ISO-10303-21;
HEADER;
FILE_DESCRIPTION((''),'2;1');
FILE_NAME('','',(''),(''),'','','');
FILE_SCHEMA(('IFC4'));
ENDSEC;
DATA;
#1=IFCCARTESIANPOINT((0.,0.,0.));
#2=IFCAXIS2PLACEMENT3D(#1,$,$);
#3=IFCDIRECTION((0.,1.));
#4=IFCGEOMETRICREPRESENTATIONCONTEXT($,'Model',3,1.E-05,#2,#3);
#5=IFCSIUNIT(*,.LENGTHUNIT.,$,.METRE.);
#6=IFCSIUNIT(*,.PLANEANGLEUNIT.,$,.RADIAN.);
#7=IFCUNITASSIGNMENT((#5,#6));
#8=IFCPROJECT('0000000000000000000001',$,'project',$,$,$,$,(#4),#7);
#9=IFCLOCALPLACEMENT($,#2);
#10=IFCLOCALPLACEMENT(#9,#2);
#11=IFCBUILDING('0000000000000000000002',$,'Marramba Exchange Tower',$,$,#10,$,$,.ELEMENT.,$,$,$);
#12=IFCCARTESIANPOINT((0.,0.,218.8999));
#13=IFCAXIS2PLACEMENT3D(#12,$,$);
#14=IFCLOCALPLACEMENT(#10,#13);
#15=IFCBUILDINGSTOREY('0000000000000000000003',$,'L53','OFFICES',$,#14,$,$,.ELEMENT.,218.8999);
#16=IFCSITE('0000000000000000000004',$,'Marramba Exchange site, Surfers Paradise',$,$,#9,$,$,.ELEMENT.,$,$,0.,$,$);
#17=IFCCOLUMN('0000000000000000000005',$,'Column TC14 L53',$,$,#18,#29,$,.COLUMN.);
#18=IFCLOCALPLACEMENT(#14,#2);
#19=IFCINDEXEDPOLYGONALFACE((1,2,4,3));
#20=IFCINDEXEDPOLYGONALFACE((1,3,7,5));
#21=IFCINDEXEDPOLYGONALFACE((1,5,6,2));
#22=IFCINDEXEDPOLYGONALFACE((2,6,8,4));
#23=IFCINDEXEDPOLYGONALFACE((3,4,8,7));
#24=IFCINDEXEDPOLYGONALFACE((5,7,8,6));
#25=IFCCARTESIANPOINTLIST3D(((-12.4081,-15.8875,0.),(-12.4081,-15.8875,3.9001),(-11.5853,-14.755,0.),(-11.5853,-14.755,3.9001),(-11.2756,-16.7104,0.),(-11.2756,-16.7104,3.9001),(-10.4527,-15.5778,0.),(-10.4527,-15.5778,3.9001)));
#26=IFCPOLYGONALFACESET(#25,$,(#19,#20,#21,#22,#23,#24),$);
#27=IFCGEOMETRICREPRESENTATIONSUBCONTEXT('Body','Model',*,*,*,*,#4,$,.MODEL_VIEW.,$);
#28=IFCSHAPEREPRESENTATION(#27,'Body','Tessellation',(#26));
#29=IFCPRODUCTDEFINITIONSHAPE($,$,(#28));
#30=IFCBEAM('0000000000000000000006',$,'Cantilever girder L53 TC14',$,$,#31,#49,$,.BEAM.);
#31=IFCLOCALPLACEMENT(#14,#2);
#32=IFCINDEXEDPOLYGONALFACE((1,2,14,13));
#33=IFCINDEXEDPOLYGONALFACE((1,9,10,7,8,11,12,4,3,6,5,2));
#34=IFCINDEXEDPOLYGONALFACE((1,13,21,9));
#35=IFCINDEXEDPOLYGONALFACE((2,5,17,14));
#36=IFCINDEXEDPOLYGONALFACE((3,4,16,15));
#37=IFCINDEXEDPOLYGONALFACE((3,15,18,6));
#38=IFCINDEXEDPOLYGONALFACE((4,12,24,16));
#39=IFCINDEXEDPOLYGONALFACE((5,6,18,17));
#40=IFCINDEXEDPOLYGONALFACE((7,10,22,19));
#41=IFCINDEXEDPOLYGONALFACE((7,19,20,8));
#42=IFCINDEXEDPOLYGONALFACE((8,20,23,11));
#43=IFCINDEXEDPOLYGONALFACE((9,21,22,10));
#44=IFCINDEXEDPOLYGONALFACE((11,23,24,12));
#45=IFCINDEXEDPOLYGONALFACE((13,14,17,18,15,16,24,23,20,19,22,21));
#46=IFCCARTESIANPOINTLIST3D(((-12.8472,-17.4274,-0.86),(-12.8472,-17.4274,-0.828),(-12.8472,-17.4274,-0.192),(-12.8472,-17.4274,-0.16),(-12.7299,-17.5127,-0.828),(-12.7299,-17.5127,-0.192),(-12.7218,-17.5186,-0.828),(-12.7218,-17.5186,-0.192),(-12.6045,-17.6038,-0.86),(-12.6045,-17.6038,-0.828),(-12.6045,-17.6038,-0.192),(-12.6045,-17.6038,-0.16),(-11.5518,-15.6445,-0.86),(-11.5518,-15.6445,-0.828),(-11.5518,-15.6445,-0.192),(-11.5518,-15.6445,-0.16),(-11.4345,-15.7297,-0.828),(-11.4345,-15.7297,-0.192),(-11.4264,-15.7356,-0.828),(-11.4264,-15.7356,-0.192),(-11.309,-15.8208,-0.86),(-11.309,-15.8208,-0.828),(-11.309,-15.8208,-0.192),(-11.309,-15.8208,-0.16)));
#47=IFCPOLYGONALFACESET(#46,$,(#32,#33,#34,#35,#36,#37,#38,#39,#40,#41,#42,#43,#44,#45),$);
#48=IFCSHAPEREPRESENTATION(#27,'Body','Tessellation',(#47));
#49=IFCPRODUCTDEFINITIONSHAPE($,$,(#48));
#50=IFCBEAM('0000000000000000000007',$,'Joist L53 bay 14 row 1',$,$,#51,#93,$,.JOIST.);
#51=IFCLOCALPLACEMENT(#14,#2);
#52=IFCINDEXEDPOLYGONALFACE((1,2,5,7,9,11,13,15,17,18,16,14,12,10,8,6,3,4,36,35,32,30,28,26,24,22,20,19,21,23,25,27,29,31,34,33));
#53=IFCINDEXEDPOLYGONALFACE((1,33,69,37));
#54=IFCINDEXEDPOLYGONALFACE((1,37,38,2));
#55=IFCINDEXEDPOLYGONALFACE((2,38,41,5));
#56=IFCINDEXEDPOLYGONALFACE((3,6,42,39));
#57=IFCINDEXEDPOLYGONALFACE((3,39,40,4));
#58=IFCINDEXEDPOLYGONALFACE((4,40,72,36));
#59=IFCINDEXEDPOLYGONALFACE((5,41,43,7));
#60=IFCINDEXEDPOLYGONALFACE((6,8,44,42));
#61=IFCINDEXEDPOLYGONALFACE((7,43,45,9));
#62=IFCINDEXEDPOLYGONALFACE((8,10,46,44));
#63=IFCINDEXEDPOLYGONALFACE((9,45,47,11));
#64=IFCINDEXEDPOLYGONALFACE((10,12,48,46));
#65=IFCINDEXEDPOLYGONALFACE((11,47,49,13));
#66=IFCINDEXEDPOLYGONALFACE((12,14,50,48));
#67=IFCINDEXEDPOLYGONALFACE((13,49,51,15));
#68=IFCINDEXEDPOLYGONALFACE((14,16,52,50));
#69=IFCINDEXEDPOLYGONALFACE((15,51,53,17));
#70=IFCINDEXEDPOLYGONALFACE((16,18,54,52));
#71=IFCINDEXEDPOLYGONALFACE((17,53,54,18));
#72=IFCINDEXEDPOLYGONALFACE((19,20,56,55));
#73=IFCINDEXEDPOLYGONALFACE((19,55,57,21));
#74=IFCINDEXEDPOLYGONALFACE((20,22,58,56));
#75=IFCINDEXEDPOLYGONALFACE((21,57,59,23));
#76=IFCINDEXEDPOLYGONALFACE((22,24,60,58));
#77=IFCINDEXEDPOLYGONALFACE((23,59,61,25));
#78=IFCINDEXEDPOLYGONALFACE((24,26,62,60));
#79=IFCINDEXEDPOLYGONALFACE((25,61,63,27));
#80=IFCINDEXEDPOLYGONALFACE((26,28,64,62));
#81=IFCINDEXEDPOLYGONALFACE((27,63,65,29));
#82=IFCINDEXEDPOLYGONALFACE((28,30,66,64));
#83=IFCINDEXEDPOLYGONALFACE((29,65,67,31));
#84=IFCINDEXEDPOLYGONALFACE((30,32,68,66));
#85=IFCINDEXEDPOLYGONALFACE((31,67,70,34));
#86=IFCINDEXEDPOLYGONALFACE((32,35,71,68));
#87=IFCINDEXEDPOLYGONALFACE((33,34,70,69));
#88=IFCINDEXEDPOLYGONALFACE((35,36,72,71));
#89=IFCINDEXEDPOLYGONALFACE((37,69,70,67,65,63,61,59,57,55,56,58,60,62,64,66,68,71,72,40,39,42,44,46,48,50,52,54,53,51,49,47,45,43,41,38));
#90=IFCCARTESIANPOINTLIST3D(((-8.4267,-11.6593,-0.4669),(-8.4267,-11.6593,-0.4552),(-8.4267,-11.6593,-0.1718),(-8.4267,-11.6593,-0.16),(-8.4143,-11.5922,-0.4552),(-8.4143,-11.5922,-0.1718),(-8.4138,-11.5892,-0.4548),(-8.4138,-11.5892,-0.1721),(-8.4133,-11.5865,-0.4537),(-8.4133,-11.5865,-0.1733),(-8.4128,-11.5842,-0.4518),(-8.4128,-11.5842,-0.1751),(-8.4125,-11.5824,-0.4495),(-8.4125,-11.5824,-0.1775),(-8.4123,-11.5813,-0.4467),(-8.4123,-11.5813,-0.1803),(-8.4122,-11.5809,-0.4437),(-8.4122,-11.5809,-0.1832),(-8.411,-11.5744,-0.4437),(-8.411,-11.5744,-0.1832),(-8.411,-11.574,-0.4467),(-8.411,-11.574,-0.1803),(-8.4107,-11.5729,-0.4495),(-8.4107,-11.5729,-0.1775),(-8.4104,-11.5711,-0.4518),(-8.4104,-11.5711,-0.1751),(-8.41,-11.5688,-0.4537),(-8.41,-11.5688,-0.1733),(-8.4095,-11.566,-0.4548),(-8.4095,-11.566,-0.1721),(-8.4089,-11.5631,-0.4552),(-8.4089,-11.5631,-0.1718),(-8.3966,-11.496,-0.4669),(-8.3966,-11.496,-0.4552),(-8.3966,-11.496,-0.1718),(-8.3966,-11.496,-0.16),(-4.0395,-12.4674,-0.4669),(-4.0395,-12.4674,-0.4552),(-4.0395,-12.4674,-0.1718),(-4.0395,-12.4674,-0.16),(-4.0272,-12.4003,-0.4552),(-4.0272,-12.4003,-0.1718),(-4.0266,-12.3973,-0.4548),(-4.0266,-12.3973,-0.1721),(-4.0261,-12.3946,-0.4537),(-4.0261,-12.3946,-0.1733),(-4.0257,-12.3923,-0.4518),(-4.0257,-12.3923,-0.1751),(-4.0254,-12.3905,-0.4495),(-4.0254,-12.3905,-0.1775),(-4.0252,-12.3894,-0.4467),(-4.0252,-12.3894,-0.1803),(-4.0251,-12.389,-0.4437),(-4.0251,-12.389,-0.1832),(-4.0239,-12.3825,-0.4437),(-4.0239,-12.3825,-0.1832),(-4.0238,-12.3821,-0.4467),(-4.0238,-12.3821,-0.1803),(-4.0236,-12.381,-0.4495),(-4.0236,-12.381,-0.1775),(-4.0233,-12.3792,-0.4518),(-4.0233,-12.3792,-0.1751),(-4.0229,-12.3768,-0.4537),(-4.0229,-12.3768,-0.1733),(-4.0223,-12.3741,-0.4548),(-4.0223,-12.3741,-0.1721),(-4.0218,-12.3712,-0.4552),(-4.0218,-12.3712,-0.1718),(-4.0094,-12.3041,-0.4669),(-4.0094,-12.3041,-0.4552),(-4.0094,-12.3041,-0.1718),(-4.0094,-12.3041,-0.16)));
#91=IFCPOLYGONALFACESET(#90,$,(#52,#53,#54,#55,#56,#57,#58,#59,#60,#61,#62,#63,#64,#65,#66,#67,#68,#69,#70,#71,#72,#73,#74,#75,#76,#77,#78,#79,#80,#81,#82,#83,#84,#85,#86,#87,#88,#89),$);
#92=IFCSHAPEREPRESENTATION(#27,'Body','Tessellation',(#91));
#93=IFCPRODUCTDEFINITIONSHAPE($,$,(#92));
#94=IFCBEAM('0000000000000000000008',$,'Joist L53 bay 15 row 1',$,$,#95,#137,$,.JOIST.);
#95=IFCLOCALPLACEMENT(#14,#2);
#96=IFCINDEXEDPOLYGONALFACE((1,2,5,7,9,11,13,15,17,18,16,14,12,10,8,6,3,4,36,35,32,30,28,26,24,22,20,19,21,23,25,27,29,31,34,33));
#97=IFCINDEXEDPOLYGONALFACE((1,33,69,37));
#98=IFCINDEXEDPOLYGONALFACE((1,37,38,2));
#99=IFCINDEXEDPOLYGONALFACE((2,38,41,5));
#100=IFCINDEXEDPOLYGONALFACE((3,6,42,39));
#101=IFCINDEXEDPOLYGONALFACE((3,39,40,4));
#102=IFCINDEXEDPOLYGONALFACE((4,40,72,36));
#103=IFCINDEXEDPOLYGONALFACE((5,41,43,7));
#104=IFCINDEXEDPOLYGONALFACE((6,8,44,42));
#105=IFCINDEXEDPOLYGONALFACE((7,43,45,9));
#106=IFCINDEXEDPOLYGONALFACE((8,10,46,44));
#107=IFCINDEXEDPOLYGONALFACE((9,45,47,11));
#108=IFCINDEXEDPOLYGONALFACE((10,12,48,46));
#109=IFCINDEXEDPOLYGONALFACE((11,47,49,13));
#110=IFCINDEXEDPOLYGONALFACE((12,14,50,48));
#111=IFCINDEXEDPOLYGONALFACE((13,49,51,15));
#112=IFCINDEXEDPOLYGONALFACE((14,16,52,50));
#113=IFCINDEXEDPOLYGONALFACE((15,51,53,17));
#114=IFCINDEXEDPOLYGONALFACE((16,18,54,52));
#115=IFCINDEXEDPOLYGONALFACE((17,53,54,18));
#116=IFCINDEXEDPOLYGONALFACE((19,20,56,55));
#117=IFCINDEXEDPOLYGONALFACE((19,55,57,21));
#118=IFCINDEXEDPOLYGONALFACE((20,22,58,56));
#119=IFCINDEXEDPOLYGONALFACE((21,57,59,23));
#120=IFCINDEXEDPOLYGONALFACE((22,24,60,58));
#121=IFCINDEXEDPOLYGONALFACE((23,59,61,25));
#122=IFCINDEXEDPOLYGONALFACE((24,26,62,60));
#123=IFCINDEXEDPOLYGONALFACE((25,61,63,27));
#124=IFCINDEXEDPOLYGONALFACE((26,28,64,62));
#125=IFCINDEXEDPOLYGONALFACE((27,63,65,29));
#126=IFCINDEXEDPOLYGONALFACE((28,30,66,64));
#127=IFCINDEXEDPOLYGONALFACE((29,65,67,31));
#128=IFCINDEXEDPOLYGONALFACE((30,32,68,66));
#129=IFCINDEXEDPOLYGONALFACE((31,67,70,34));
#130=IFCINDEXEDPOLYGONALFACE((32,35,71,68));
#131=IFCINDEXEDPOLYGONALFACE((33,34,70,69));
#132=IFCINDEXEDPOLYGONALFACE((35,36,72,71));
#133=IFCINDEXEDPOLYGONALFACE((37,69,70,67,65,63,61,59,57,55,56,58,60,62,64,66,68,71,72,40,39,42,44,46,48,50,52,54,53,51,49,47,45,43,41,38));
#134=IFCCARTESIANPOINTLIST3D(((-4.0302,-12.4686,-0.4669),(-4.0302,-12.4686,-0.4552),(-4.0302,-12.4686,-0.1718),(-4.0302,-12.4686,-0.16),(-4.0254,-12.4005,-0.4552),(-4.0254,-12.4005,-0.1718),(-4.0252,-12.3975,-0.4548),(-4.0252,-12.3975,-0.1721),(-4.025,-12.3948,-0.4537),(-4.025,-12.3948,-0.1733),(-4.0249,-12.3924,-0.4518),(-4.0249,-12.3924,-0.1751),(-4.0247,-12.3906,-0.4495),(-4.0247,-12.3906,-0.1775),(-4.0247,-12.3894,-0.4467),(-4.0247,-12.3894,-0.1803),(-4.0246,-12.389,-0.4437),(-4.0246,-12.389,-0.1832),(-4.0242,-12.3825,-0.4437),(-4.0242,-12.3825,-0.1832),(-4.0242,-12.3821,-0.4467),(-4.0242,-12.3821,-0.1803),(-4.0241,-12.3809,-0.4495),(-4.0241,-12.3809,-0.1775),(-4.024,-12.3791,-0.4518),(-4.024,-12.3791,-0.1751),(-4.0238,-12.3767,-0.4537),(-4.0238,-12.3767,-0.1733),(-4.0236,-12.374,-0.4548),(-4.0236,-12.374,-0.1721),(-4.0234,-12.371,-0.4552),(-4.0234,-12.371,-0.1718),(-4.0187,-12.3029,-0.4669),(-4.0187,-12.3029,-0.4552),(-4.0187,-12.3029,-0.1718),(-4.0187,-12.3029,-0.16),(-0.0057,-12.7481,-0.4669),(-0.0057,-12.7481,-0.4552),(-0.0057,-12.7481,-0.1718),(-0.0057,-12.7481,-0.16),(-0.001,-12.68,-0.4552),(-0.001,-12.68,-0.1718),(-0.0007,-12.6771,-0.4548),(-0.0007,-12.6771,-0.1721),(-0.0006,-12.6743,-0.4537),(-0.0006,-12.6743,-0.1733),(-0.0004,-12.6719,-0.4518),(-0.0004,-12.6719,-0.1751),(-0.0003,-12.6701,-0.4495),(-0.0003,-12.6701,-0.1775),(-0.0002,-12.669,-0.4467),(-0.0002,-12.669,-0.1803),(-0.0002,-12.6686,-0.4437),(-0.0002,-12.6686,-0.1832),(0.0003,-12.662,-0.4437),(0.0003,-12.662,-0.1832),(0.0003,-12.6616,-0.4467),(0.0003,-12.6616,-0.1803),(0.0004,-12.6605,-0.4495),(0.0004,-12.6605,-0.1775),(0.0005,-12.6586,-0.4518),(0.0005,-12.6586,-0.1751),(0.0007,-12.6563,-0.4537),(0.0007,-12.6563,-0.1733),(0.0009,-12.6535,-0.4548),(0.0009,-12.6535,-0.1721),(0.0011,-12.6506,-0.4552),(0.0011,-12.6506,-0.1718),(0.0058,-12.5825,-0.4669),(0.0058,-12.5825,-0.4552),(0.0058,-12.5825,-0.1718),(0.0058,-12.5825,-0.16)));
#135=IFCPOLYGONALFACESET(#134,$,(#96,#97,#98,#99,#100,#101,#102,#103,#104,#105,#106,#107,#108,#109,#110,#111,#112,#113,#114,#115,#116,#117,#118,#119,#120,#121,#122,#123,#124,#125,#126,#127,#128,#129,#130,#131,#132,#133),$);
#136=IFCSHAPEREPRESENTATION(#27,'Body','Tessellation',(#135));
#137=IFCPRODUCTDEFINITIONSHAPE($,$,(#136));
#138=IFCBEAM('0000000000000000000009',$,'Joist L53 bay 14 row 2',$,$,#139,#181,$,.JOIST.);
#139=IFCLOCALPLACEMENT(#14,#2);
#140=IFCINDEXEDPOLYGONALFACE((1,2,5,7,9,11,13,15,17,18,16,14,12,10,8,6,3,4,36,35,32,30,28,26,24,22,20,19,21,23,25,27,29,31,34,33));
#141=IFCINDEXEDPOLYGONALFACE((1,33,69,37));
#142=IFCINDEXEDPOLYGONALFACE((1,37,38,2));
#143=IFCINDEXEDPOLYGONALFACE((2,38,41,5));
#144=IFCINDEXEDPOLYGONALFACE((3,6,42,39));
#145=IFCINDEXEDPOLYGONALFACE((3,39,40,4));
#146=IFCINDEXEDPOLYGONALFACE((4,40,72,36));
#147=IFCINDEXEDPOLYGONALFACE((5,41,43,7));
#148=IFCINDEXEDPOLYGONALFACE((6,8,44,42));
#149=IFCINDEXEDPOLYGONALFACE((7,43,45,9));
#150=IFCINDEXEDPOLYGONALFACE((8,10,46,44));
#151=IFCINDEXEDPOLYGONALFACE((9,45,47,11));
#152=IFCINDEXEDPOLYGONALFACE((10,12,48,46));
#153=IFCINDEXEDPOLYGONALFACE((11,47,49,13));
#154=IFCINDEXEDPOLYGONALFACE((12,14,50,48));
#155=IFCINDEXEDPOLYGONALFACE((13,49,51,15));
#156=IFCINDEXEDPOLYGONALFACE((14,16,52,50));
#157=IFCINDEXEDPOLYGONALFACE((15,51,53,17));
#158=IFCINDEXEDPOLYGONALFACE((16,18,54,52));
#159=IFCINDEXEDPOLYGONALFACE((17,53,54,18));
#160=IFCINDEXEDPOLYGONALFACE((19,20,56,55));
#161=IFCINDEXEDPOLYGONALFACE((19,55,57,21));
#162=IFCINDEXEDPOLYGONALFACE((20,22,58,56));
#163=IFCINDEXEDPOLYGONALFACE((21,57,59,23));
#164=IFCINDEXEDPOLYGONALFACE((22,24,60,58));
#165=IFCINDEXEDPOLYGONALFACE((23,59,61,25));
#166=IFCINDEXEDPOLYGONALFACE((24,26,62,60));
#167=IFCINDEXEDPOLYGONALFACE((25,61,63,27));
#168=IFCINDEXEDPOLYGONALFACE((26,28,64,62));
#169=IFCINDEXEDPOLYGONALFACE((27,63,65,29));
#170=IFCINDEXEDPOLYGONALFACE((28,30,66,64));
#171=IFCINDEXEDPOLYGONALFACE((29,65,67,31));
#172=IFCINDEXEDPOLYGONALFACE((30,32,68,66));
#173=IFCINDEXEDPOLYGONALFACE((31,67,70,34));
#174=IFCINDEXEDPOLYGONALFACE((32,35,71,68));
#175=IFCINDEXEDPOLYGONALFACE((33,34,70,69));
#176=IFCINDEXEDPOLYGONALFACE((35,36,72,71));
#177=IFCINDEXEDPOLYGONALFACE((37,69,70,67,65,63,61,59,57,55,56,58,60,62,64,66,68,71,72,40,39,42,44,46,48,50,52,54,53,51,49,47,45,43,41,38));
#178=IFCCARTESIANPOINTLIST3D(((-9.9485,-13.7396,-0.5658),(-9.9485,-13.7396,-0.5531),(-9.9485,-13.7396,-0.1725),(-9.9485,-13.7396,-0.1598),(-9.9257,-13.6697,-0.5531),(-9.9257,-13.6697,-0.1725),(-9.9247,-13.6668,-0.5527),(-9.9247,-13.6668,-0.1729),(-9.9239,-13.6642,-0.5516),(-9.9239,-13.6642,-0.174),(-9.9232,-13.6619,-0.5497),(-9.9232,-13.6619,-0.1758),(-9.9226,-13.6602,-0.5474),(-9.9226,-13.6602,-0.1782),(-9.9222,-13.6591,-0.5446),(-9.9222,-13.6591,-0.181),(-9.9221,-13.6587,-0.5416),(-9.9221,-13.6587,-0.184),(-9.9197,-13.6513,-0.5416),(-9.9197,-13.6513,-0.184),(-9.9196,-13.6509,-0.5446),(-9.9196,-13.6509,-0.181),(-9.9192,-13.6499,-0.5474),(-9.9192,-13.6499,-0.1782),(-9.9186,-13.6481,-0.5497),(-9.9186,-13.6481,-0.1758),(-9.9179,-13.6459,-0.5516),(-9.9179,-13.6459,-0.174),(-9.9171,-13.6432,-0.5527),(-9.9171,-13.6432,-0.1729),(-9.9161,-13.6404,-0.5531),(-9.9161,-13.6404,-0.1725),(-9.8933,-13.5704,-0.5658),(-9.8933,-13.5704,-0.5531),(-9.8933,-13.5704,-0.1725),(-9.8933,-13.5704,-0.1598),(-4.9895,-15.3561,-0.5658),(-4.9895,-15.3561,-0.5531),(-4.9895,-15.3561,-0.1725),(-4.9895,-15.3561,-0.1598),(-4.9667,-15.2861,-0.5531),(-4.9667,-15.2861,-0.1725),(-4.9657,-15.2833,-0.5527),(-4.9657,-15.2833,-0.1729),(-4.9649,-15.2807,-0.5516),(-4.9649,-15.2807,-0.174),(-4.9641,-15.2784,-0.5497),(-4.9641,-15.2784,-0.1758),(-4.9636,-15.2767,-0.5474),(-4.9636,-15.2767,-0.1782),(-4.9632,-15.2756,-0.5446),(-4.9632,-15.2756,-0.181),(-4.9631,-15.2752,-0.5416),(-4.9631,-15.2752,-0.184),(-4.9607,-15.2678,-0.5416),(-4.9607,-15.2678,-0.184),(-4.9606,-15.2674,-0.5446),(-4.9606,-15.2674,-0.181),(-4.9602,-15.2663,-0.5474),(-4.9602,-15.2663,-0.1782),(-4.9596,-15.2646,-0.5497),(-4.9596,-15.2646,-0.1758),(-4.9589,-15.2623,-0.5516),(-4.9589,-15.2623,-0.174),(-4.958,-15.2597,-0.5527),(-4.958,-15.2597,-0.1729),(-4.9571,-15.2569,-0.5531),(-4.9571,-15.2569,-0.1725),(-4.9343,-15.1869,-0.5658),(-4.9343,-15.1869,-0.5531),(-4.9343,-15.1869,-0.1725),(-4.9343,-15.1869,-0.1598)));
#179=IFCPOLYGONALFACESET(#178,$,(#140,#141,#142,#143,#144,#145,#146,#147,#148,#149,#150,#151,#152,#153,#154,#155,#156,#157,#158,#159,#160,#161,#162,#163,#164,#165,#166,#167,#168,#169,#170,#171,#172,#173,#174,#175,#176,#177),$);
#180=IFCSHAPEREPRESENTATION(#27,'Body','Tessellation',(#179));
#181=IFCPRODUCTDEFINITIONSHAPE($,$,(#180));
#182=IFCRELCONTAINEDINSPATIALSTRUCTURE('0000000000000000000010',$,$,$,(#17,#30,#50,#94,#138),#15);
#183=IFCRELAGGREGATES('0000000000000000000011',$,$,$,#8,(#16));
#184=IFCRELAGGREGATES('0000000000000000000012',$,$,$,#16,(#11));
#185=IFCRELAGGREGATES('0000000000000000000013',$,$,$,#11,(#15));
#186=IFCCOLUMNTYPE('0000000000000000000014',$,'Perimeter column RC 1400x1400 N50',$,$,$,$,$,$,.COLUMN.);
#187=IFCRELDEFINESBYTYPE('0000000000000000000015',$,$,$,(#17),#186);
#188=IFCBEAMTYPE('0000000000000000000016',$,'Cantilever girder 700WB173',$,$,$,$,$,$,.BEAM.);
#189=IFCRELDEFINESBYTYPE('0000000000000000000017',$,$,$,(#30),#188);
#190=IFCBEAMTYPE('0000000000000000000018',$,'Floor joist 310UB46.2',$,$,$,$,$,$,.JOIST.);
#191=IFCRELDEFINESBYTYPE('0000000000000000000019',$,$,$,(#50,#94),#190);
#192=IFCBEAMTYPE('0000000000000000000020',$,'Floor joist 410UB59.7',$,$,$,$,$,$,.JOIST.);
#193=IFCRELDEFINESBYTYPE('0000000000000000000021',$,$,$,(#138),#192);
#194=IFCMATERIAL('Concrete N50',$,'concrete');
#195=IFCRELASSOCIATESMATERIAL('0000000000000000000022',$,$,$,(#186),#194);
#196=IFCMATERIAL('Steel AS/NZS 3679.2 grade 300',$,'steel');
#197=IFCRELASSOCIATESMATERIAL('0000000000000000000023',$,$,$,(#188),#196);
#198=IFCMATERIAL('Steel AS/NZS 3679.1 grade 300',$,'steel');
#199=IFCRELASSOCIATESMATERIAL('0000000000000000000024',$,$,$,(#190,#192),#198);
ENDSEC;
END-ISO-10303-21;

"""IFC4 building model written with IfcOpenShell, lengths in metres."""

from ifc_helpers import new_model, si_unit, direction, frame, origin, origin_2d, place, context, subcontext, project, spatial, rectangle, i_section, extrude, material, material_profile, profile_set, type_object, element, save


model = new_model("IFC4")

# Units and contexts
model_context = context("Model", 3, precision=1e-05, world=origin(), true_north=direction((0.0, 1.0)))
body_context = subcontext(model_context, "Body", "Model", "MODEL_VIEW")
ifc_project = project(units=[si_unit("LENGTHUNIT", "METRE"), si_unit("PLANEANGLEUNIT", "RADIAN")], contexts=[model_context])

# Site, building, storey
site_placement = place(None, origin())
site = spatial("IfcSite", under=ifc_project, at=site_placement, Name="Marramba Exchange site, Surfers Paradise", CompositionType="ELEMENT", RefElevation=0.0)
building_placement = place(site_placement, origin())
building = spatial("IfcBuilding", under=site, at=building_placement, Name="Marramba Exchange Tower", CompositionType="ELEMENT")
storey_placement = place(building_placement, frame((0.0, 0.0, 218.8999)))
storey = spatial("IfcBuildingStorey", under=building, at=storey_placement, Name="L53", Description="OFFICES", CompositionType="ELEMENT", Elevation=218.8999)

# Column
ifc_material_1 = material(Name="Concrete N50", Category="concrete")
ifc_material_profile_1 = material_profile(ifc_material_1, rectangle(XDim=1.3999, YDim=1.3999, at=origin_2d()), Name="RC 1400x1400")
ifc_profile_set_1 = profile_set([ifc_material_profile_1], Name="Concrete N50")
column_type = type_object("IfcColumnType", Name="Perimeter column RC 1400x1400 N50", PredefinedType="COLUMN", material=ifc_profile_set_1)
column_placement = place(storey_placement, frame((-11.4304, -15.7327, 0.0), z_axis=(0.0, 0.0, 1.0), x_axis=(-0.587785, -0.809017, 0.0)))
element("IfcColumn", 1, at=column_placement, inside=storey, type_object=column_type, Name="Column TC14 L53", PredefinedType="COLUMN", context=body_context, shape_type="SweptSolid", body=[
    extrude(rectangle(XDim=1.3999, YDim=1.3999, at=origin_2d()), origin(), (0.0, 0.0, 1.0), 3.9001),
])

# Beams
ifc_material_2 = material(Name="Steel AS/NZS 3679.2 grade 300", Category="steel")
ifc_material_profile_2 = material_profile(ifc_material_2, i_section(OverallWidth=0.3, OverallDepth=0.7, WebThickness=0.01, FlangeThickness=0.032, at=origin_2d()), Name="700WB173")
ifc_profile_set_2 = profile_set([ifc_material_profile_2], Name="Steel AS/NZS 3679.2 grade 300")
beam_type_1 = type_object("IfcBeamType", Name="Cantilever girder 700WB173", PredefinedType="BEAM", material=ifc_profile_set_2)
beam_1_placement = place(storey_placement, frame((-11.4304, -15.7327, -0.51), z_axis=(-0.58779, -0.809014, 0.0), x_axis=(0.809014, -0.58779, 0.0)))
element("IfcBeam", 2, at=beam_1_placement, inside=storey, type_object=beam_type_1, Name="Cantilever girder L53 TC14", PredefinedType="BEAM", context=body_context, shape_type="SweptSolid", body=[
    extrude(i_section(OverallWidth=0.3, OverallDepth=0.7, WebThickness=0.01, FlangeThickness=0.032, at=origin_2d()), origin(), (0.0, 0.0, 1.0), 2.2039),
])
ifc_material_3 = material(Name="Steel AS/NZS 3679.1 grade 300", Category="steel")
ifc_material_profile_3 = material_profile(ifc_material_3, i_section(OverallWidth=0.166, OverallDepth=0.3069, WebThickness=0.0066, FlangeThickness=0.0117, FilletRadius=0.0115, at=origin_2d()), Name="310UB46.2")
ifc_profile_set_3 = profile_set([ifc_material_profile_3], Name="Steel AS/NZS 3679.1 grade 300")
beam_type_2 = type_object("IfcBeamType", Name="Floor joist 310UB46.2", PredefinedType="JOIST", material=ifc_profile_set_3)
beam_2_placement = place(storey_placement, frame((-8.4116, -11.5776, -0.3135), z_axis=(0.983456, -0.181149, 0.0), x_axis=(0.181149, 0.983456, 0.0)))
element("IfcBeam", 3, at=beam_2_placement, inside=storey, type_object=beam_type_2, Name="Joist L53 bay 14 row 1", PredefinedType="JOIST", context=body_context, shape_type="SweptSolid", body=[
    extrude(i_section(OverallWidth=0.166, OverallDepth=0.3069, WebThickness=0.0066, FlangeThickness=0.0117, FilletRadius=0.0115, at=origin_2d()), origin(), (0.0, 0.0, 1.0), 4.4609),
])
beam_3_placement = place(storey_placement, frame((-4.0244, -12.3857, -0.3135), z_axis=(0.997596, -0.069294, 0.0), x_axis=(0.069294, 0.997596, 0.0)))
element("IfcBeam", 4, at=beam_3_placement, inside=storey, type_object=beam_type_2, Name="Joist L53 bay 15 row 1", PredefinedType="JOIST", context=body_context, shape_type="SweptSolid", body=[
    extrude(i_section(OverallWidth=0.166, OverallDepth=0.3069, WebThickness=0.0066, FlangeThickness=0.0117, FilletRadius=0.0115, at=origin_2d()), origin(), (0.0, 0.0, 1.0), 4.0342),
])
ifc_material_profile_4 = material_profile(ifc_material_3, i_section(OverallWidth=0.178, OverallDepth=0.406, WebThickness=0.0078, FlangeThickness=0.0127, FilletRadius=0.0115, at=origin_2d()), Name="410UB59.7")
ifc_profile_set_4 = profile_set([ifc_material_profile_4], Name="Steel AS/NZS 3679.1 grade 300")
beam_type_3 = type_object("IfcBeamType", Name="Floor joist 410UB59.7", PredefinedType="JOIST", material=ifc_profile_set_4)
beam_4_placement = place(storey_placement, frame((-9.9209, -13.655, -0.3628), z_axis=(0.950764, -0.309916, 0.0), x_axis=(0.309916, 0.950764, 0.0)))
element("IfcBeam", 5, at=beam_4_placement, inside=storey, type_object=beam_type_3, Name="Joist L53 bay 14 row 2", PredefinedType="JOIST", context=body_context, shape_type="SweptSolid", body=[
    extrude(i_section(OverallWidth=0.178, OverallDepth=0.406, WebThickness=0.0078, FlangeThickness=0.0127, FilletRadius=0.0115, at=origin_2d()), origin(), (0.0, 0.0, 1.0), 5.2158),
])

save(model, "model.ifc")
